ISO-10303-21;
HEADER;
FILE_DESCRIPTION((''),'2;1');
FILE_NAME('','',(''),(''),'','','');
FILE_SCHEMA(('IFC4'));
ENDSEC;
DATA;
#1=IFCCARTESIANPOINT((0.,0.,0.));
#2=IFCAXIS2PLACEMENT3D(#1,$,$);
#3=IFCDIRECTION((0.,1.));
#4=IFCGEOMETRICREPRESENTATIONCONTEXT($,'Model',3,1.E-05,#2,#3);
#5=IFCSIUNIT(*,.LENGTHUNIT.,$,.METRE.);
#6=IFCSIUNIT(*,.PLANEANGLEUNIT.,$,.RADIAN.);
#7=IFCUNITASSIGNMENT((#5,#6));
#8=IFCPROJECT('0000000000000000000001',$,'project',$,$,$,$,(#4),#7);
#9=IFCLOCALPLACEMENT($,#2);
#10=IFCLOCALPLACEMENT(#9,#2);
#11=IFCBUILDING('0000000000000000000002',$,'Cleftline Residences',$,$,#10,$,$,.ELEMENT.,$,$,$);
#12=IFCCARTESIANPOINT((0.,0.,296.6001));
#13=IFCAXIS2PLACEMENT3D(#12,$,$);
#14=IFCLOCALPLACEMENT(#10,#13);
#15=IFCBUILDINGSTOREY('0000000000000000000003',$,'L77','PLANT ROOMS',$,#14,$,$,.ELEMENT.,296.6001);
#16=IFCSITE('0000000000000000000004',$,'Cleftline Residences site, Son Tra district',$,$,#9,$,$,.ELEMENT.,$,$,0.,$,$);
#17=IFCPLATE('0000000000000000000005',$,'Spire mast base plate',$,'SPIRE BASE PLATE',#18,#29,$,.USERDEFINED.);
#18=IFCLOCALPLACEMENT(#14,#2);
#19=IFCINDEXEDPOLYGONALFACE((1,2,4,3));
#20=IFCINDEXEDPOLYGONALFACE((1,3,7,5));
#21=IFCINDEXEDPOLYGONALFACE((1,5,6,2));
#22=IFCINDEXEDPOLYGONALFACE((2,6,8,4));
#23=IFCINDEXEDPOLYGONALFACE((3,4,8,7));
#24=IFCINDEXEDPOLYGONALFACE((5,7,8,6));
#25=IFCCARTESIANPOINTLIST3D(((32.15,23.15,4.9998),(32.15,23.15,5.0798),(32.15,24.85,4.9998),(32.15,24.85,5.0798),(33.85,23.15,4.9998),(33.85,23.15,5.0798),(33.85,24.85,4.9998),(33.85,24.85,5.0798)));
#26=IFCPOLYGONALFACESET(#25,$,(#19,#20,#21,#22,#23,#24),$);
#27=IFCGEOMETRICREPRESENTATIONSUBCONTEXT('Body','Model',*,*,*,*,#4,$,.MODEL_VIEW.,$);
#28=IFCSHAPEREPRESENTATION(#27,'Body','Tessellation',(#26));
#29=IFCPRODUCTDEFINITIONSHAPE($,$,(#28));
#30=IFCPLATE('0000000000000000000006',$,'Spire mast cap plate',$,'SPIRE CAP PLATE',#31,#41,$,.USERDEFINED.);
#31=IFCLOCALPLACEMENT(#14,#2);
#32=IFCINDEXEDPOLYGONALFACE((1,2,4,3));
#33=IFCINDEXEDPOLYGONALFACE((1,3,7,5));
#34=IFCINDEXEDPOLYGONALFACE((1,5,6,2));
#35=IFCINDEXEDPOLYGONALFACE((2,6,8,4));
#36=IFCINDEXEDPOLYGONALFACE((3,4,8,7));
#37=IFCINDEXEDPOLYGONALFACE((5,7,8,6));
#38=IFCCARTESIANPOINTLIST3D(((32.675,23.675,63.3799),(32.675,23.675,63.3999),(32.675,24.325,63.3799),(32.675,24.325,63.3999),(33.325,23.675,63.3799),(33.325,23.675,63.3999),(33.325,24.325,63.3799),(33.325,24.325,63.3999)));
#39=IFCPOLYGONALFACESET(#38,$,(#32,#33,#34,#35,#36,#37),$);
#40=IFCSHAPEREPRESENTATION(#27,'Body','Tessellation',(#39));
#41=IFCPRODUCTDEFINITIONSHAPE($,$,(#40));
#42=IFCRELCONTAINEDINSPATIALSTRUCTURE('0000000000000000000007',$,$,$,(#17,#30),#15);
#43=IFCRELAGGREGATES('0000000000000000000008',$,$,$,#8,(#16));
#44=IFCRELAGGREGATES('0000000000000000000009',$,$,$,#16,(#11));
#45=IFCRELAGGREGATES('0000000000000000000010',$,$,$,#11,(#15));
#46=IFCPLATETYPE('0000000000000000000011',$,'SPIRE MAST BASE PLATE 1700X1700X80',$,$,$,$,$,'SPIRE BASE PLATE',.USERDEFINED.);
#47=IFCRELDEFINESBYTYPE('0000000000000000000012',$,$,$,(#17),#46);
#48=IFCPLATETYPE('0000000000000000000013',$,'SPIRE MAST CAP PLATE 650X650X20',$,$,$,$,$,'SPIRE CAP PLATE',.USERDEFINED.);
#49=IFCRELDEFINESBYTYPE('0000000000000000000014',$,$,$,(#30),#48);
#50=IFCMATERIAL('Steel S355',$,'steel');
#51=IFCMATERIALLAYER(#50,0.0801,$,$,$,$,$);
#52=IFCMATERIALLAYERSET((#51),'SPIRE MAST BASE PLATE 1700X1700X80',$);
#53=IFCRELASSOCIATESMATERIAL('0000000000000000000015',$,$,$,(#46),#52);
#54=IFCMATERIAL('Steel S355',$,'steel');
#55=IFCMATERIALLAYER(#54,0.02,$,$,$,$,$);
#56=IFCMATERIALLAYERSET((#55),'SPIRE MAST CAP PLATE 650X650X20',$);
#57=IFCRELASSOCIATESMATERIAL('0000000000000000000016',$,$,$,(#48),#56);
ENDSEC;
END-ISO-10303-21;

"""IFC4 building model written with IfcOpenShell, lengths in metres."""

from ifc_helpers import new_model, si_unit, direction, frame, origin, origin_2d, place, context, subcontext, project, spatial, rectangle, extrude, material, layer, layer_set, type_object, element, save


model = new_model("IFC4")

# Units and contexts
model_context = context("Model", 3, precision=1e-05, world=origin(), true_north=direction((0.0, 1.0)))
body_context = subcontext(model_context, "Body", "Model", "MODEL_VIEW")
ifc_project = project(units=[si_unit("LENGTHUNIT", "METRE"), si_unit("PLANEANGLEUNIT", "RADIAN")], contexts=[model_context])

# Site, building, storey
site_placement = place(None, origin())
site = spatial("IfcSite", under=ifc_project, at=site_placement, Name="Cleftline Residences site, Son Tra district", CompositionType="ELEMENT", RefElevation=0.0)
building_placement = place(site_placement, origin())
building = spatial("IfcBuilding", under=site, at=building_placement, Name="Cleftline Residences", CompositionType="ELEMENT")
storey_placement = place(building_placement, frame((0.0, 0.0, 296.6001)))
storey = spatial("IfcBuildingStorey", under=building, at=storey_placement, Name="L77", Description="PLANT ROOMS", CompositionType="ELEMENT", Elevation=296.6001)

# Plates
ifc_material_1 = material(Name="Steel S355", Category="steel")
ifc_layer_1 = layer(ifc_material_1, 0.0801)
ifc_layer_set_1 = layer_set([ifc_layer_1], Name="SPIRE MAST BASE PLATE 1700X1700X80")
plate_type_1 = type_object("IfcPlateType", Name="SPIRE MAST BASE PLATE 1700X1700X80", ElementType="SPIRE BASE PLATE", PredefinedType="USERDEFINED", material=ifc_layer_set_1)
plate_1_placement = place(storey_placement, frame((33.0, 24.0, 4.9998), z_axis=(0.0, 0.0, 1.0), x_axis=(1.0, 0.0, 0.0)))
element("IfcPlate", 1, at=plate_1_placement, inside=storey, type_object=plate_type_1, Name="Spire mast base plate", ObjectType="SPIRE BASE PLATE", PredefinedType="USERDEFINED", context=body_context, shape_type="SweptSolid", body=[
    extrude(rectangle(XDim=1.7, YDim=1.7, at=origin_2d()), origin(), (0.0, 0.0, 1.0), 0.0801),
])
ifc_material_2 = material(Name="Steel S355", Category="steel")
ifc_layer_2 = layer(ifc_material_2, 0.02)
ifc_layer_set_2 = layer_set([ifc_layer_2], Name="SPIRE MAST CAP PLATE 650X650X20")
plate_type_2 = type_object("IfcPlateType", Name="SPIRE MAST CAP PLATE 650X650X20", ElementType="SPIRE CAP PLATE", PredefinedType="USERDEFINED", material=ifc_layer_set_2)
plate_2_placement = place(storey_placement, frame((33.0, 24.0, 63.3799), z_axis=(0.0, 0.0, 1.0), x_axis=(1.0, 0.0, 0.0)))
element("IfcPlate", 2, at=plate_2_placement, inside=storey, type_object=plate_type_2, Name="Spire mast cap plate", ObjectType="SPIRE CAP PLATE", PredefinedType="USERDEFINED", context=body_context, shape_type="SweptSolid", body=[
    extrude(rectangle(XDim=0.6499, YDim=0.6499, at=origin_2d()), origin(), (0.0, 0.0, 1.0), 0.02),
])

save(model, "model.ifc")
